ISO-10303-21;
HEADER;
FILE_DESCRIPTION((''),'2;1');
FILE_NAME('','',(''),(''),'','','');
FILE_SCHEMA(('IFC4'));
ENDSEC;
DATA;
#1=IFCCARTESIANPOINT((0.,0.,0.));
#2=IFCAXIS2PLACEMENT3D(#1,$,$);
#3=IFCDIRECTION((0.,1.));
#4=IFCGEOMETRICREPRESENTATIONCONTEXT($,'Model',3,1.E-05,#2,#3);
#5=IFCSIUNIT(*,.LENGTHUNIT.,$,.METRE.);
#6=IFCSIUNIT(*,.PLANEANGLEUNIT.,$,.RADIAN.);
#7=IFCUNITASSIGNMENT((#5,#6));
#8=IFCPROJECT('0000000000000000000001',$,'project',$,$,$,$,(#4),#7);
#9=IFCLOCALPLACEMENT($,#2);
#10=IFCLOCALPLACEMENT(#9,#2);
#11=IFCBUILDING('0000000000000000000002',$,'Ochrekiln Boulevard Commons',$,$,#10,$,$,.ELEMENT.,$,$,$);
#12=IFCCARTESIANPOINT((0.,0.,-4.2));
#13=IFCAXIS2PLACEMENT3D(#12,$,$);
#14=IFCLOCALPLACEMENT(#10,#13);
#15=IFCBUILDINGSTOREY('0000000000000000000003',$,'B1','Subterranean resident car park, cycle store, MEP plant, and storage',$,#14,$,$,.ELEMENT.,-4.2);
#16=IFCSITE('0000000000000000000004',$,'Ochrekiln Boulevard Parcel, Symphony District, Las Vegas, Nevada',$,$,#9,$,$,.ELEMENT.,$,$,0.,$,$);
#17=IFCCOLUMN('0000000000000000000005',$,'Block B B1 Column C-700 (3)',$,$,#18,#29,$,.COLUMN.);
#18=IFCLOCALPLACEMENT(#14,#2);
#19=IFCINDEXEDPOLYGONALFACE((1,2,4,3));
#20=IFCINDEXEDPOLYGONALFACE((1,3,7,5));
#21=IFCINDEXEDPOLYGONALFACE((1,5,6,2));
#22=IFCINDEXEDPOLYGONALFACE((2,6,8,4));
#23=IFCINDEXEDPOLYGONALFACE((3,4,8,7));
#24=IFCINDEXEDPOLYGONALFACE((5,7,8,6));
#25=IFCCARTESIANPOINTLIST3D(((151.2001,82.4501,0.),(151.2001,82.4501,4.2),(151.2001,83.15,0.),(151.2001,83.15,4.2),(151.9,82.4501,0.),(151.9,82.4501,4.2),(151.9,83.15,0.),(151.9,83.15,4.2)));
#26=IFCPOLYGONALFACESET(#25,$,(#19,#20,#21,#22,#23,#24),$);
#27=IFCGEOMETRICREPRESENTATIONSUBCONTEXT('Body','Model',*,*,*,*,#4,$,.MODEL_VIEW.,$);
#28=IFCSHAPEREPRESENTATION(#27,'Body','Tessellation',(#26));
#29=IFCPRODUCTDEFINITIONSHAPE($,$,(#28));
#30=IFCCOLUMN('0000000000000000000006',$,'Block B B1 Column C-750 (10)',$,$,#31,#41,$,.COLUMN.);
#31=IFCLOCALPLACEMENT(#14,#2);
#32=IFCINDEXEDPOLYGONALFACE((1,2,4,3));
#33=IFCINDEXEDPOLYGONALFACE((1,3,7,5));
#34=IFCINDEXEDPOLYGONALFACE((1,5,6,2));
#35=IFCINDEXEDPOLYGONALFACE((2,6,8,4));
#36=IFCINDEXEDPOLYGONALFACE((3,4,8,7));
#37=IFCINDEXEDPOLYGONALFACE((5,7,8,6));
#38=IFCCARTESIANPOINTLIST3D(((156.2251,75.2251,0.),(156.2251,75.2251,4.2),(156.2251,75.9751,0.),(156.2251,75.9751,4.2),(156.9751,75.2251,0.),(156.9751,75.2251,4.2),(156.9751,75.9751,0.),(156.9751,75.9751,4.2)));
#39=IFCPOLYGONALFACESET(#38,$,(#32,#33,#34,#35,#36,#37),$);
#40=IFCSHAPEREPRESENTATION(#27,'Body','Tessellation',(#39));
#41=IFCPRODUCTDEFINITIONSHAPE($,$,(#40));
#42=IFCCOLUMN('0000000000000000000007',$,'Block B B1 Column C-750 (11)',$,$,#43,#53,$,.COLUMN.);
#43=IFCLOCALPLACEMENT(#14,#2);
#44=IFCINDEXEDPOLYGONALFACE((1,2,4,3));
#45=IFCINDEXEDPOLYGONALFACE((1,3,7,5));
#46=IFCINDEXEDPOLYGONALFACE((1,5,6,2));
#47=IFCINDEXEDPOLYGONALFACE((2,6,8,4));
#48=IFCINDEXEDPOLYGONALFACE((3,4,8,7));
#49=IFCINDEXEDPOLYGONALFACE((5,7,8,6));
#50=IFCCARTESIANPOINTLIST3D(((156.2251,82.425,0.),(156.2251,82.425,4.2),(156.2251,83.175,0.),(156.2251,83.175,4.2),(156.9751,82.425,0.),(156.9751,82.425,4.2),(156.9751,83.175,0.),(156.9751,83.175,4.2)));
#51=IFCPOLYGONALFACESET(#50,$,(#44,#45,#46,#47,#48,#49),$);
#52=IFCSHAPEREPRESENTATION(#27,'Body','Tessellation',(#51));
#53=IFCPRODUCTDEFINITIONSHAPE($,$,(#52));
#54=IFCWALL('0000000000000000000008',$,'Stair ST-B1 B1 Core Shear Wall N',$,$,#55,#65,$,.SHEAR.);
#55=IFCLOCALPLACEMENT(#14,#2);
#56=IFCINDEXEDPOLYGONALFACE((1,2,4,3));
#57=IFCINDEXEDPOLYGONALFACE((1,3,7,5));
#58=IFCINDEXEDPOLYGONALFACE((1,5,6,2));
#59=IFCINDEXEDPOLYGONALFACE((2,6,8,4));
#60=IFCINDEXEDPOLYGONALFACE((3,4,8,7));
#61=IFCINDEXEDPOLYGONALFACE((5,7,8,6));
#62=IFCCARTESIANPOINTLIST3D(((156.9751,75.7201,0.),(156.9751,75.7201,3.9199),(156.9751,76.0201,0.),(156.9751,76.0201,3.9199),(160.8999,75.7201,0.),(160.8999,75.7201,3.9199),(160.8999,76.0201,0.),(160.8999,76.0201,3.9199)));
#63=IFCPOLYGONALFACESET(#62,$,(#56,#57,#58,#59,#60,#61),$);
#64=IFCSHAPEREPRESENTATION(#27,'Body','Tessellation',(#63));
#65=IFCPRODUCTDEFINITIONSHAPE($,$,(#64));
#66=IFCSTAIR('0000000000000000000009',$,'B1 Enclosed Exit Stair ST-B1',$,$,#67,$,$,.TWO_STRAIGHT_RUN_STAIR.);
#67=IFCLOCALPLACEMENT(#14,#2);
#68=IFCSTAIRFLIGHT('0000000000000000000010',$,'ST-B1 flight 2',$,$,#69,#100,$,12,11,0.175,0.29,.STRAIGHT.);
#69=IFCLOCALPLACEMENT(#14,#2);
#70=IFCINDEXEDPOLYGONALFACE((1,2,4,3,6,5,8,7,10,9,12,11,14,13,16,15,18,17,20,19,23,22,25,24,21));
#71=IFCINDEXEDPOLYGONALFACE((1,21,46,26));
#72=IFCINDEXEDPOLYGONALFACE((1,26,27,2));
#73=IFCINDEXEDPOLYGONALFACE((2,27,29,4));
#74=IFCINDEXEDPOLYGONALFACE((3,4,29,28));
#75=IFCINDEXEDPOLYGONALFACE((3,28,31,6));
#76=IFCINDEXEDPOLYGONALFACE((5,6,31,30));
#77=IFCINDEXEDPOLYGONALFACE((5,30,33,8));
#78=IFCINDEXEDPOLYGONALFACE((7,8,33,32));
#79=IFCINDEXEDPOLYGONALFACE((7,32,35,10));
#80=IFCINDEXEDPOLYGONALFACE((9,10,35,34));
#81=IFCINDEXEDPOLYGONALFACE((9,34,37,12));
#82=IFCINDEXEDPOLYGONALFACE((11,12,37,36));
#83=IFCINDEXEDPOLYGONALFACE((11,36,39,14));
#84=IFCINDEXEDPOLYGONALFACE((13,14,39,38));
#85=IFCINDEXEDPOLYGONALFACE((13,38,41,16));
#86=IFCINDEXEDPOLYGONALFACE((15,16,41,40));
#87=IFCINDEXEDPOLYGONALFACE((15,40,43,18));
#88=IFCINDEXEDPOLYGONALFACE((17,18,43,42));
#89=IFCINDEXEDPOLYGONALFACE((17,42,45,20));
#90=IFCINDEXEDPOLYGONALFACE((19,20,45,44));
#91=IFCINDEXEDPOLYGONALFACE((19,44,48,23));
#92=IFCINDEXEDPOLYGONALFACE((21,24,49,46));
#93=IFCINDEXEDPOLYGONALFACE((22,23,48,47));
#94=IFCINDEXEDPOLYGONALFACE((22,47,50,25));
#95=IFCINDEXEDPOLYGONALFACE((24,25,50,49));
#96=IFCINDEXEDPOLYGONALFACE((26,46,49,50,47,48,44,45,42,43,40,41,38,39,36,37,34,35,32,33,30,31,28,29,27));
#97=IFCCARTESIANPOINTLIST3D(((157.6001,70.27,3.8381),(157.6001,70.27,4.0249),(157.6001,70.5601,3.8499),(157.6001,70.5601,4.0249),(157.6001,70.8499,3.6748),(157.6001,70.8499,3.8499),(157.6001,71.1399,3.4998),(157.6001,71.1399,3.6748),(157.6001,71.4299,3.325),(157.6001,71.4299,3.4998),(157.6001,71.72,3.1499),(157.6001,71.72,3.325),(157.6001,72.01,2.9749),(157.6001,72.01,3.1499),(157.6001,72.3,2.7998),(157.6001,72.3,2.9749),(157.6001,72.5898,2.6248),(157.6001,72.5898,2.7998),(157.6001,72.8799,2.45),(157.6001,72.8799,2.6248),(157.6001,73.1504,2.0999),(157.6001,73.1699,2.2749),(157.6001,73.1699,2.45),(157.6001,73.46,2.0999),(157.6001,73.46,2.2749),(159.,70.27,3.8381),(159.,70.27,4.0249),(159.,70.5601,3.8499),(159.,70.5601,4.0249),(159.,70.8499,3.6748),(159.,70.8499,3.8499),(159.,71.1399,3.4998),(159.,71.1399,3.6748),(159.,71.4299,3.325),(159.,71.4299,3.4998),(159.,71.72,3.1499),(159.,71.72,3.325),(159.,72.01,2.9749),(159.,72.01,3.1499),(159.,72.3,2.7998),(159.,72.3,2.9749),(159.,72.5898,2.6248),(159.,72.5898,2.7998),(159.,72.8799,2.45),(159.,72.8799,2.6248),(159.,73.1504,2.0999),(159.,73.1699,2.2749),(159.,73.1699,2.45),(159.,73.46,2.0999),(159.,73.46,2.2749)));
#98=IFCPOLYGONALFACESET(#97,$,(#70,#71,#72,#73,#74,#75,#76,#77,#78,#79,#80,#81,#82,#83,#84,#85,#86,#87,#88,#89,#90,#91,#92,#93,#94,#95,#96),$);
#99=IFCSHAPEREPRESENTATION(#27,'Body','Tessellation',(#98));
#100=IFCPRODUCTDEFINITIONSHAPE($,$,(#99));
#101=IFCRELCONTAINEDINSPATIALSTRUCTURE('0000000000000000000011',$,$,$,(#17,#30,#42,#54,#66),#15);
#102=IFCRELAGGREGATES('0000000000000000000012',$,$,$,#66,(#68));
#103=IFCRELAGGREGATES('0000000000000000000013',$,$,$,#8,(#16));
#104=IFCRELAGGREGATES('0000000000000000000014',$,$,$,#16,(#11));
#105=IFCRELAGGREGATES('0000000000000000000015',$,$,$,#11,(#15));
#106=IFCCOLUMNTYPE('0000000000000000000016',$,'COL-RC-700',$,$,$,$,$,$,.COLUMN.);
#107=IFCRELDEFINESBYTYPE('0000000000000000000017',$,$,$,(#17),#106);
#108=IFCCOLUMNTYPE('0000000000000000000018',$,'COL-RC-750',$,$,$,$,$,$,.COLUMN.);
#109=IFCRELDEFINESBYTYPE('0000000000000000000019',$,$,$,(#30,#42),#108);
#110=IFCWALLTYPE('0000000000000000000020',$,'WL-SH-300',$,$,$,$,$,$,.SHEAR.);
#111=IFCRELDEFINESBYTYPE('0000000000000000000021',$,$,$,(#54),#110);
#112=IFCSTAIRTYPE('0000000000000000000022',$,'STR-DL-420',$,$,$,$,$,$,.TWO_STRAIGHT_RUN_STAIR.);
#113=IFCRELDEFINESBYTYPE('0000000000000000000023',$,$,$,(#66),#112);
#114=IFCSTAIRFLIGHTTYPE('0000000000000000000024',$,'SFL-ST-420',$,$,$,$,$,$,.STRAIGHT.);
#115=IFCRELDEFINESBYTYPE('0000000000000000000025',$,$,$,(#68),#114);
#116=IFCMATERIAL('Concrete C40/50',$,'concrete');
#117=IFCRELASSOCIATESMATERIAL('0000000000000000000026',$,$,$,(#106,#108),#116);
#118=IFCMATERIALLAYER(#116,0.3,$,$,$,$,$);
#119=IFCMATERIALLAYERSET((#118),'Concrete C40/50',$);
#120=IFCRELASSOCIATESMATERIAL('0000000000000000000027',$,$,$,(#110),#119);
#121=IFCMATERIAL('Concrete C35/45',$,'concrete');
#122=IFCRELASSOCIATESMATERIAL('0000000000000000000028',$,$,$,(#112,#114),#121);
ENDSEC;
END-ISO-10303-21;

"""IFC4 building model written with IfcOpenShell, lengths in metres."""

from ifc_helpers import new_model, si_unit, direction, frame, frame_2d, origin, origin_2d, place, context, subcontext, project, spatial, polyline, rectangle, outline, extrude, material, layer, layer_set, material_profile, profile_set, type_object, element, aggregate, save


model = new_model("IFC4")

# Units and contexts
model_context = context("Model", 3, precision=1e-05, world=origin(), true_north=direction((0.0, 1.0)))
body_context = subcontext(model_context, "Body", "Model", "MODEL_VIEW")
ifc_project = project(units=[si_unit("LENGTHUNIT", "METRE"), si_unit("PLANEANGLEUNIT", "RADIAN")], contexts=[model_context])

# Site, building, storey
site_placement = place(None, origin())
site = spatial("IfcSite", under=ifc_project, at=site_placement, Name="Ochrekiln Boulevard Parcel, Symphony District, Las Vegas, Nevada", CompositionType="ELEMENT", RefElevation=0.0)
building_placement = place(site_placement, origin())
building = spatial("IfcBuilding", under=site, at=building_placement, Name="Ochrekiln Boulevard Commons", CompositionType="ELEMENT")
storey_placement = place(building_placement, frame((0.0, 0.0, -4.2)))
storey = spatial("IfcBuildingStorey", under=building, at=storey_placement, Name="B1", Description="Subterranean resident car park, cycle store, MEP plant, and storage", CompositionType="ELEMENT", Elevation=-4.2)

# Shared definitions
ifc_material_1 = material(Name="Concrete C35/45", Category="concrete")

# Columns
ifc_material_2 = material(Name="Concrete C40/50", Category="concrete")
ifc_material_profile_1 = material_profile(ifc_material_2, rectangle(XDim=0.7, YDim=0.7, at=origin_2d()), Name="RC-COL-700x700")
ifc_profile_set_1 = profile_set([ifc_material_profile_1], Name="Concrete C40/50")
column_type_1 = type_object("IfcColumnType", Name="COL-RC-700", PredefinedType="COLUMN", material=ifc_profile_set_1)
for number, where, z_axis, x_axis, name in (
    (1, (151.55, 82.8, 0.0), (0.0, 0.0, 1.0), (1.0, 0.0, 0.0), "Block B B1 Column C-700 (3)"),
):
    element("IfcColumn", number, at=place(storey_placement, frame(where, z_axis=z_axis, x_axis=x_axis)), inside=storey, type_object=column_type_1, Name=name, PredefinedType="COLUMN", context=body_context, shape_type="SweptSolid", body=[
        extrude(rectangle(XDim=0.7, YDim=0.7, at=origin_2d()), origin(), (0.0, 0.0, 1.0), 4.2),
    ])
ifc_material_profile_2 = material_profile(ifc_material_2, rectangle(XDim=0.75, YDim=0.75, at=origin_2d()), Name="RC-COL-750x750")
ifc_profile_set_2 = profile_set([ifc_material_profile_2], Name="Concrete C40/50")
column_type_2 = type_object("IfcColumnType", Name="COL-RC-750", PredefinedType="COLUMN", material=ifc_profile_set_2)
for number, where, z_axis, x_axis, name in (
    (2, (156.6001, 75.6001, 0.0), (0.0, 0.0, 1.0), (1.0, 0.0, 0.0), "Block B B1 Column C-750 (10)"),
    (3, (156.6001, 82.8, 0.0), (0.0, 0.0, 1.0), (1.0, 0.0, 0.0), "Block B B1 Column C-750 (11)"),
):
    element("IfcColumn", number, at=place(storey_placement, frame(where, z_axis=z_axis, x_axis=x_axis)), inside=storey, type_object=column_type_2, Name=name, PredefinedType="COLUMN", context=body_context, shape_type="SweptSolid", body=[
        extrude(rectangle(XDim=0.75, YDim=0.75, at=origin_2d()), origin(), (0.0, 0.0, 1.0), 4.2),
    ])

# Wall
ifc_layer = layer(ifc_material_2, 0.3)
ifc_layer_set = layer_set([ifc_layer], Name="Concrete C40/50")
wall_type = type_object("IfcWallType", Name="WL-SH-300", PredefinedType="SHEAR", material=ifc_layer_set)
wall_placement = place(storey_placement, frame((156.9751, 75.8701, 0.0), z_axis=(0.0, 0.0, 1.0), x_axis=(1.0, 0.0, 0.0)))
element("IfcWall", 4, at=wall_placement, inside=storey, type_object=wall_type, Name="Stair ST-B1 B1 Core Shear Wall N", PredefinedType="SHEAR", context=body_context, shape_type="SweptSolid", body=[
    extrude(rectangle(XDim=3.9248, YDim=0.3, at=frame_2d((1.9624, 0.0))), origin(), (0.0, 0.0, 1.0), 3.9199),
])

# Stair, stair flight
stair_type = type_object("IfcStairType", Name="STR-DL-420", PredefinedType="TWO_STRAIGHT_RUN_STAIR", material=ifc_material_1)
stair_placement = place(storey_placement, origin())
stair = element("IfcStair", 5, at=stair_placement, inside=storey, type_object=stair_type, Name="B1 Enclosed Exit Stair ST-B1", PredefinedType="TWO_STRAIGHT_RUN_STAIR")
stair_flight_type = type_object("IfcStairFlightType", Name="SFL-ST-420", PredefinedType="STRAIGHT", material=ifc_material_1)
stair_flight_placement = place(storey_placement, frame((158.3, 73.46, 2.0999), z_axis=(0.0, 0.0, 1.0), x_axis=(0.0, -1.0, 0.0)))
stair_flight = element("IfcStairFlight", 6, at=stair_flight_placement, type_object=stair_flight_type, Name="ST-B1 flight 2", NumberOfRisers=12, NumberOfTreads=11, PredefinedType="STRAIGHT", RiserHeight=0.175, TreadLength=0.29, context=body_context, shape_type="SweptSolid", body=[
    extrude(outline(polyline([(0.0, 0.0), (0.0, 0.175), (0.29, 0.175), (0.29, 0.3501), (0.5801, 0.3501), (0.5801, 0.5249), (0.8701, 0.5249), (0.8701, 0.7), (1.1599, 0.7), (1.1599, 0.875), (1.45, 0.875), (1.45, 1.05), (1.74, 1.05), (1.74, 1.2251), (2.03, 1.2251), (2.03, 1.3999), (2.3201, 1.3999), (2.3201, 1.575), (2.6101, 1.575), (2.6101, 1.75), (2.8999, 1.75), (2.8999, 1.925), (3.1899, 1.925), (3.1899, 2.1001), (3.1899, 1.7383), (0.3096, 0.0), (0.0, 0.0)])), frame((0.0, 0.7, 0.0), z_axis=(0.0, -1.0, 0.0), x_axis=(1.0, 0.0, 0.0)), (0.0, 0.0, 1.0), 1.3999),
])
aggregate(stair, [stair_flight])

save(model, "model.ifc")
